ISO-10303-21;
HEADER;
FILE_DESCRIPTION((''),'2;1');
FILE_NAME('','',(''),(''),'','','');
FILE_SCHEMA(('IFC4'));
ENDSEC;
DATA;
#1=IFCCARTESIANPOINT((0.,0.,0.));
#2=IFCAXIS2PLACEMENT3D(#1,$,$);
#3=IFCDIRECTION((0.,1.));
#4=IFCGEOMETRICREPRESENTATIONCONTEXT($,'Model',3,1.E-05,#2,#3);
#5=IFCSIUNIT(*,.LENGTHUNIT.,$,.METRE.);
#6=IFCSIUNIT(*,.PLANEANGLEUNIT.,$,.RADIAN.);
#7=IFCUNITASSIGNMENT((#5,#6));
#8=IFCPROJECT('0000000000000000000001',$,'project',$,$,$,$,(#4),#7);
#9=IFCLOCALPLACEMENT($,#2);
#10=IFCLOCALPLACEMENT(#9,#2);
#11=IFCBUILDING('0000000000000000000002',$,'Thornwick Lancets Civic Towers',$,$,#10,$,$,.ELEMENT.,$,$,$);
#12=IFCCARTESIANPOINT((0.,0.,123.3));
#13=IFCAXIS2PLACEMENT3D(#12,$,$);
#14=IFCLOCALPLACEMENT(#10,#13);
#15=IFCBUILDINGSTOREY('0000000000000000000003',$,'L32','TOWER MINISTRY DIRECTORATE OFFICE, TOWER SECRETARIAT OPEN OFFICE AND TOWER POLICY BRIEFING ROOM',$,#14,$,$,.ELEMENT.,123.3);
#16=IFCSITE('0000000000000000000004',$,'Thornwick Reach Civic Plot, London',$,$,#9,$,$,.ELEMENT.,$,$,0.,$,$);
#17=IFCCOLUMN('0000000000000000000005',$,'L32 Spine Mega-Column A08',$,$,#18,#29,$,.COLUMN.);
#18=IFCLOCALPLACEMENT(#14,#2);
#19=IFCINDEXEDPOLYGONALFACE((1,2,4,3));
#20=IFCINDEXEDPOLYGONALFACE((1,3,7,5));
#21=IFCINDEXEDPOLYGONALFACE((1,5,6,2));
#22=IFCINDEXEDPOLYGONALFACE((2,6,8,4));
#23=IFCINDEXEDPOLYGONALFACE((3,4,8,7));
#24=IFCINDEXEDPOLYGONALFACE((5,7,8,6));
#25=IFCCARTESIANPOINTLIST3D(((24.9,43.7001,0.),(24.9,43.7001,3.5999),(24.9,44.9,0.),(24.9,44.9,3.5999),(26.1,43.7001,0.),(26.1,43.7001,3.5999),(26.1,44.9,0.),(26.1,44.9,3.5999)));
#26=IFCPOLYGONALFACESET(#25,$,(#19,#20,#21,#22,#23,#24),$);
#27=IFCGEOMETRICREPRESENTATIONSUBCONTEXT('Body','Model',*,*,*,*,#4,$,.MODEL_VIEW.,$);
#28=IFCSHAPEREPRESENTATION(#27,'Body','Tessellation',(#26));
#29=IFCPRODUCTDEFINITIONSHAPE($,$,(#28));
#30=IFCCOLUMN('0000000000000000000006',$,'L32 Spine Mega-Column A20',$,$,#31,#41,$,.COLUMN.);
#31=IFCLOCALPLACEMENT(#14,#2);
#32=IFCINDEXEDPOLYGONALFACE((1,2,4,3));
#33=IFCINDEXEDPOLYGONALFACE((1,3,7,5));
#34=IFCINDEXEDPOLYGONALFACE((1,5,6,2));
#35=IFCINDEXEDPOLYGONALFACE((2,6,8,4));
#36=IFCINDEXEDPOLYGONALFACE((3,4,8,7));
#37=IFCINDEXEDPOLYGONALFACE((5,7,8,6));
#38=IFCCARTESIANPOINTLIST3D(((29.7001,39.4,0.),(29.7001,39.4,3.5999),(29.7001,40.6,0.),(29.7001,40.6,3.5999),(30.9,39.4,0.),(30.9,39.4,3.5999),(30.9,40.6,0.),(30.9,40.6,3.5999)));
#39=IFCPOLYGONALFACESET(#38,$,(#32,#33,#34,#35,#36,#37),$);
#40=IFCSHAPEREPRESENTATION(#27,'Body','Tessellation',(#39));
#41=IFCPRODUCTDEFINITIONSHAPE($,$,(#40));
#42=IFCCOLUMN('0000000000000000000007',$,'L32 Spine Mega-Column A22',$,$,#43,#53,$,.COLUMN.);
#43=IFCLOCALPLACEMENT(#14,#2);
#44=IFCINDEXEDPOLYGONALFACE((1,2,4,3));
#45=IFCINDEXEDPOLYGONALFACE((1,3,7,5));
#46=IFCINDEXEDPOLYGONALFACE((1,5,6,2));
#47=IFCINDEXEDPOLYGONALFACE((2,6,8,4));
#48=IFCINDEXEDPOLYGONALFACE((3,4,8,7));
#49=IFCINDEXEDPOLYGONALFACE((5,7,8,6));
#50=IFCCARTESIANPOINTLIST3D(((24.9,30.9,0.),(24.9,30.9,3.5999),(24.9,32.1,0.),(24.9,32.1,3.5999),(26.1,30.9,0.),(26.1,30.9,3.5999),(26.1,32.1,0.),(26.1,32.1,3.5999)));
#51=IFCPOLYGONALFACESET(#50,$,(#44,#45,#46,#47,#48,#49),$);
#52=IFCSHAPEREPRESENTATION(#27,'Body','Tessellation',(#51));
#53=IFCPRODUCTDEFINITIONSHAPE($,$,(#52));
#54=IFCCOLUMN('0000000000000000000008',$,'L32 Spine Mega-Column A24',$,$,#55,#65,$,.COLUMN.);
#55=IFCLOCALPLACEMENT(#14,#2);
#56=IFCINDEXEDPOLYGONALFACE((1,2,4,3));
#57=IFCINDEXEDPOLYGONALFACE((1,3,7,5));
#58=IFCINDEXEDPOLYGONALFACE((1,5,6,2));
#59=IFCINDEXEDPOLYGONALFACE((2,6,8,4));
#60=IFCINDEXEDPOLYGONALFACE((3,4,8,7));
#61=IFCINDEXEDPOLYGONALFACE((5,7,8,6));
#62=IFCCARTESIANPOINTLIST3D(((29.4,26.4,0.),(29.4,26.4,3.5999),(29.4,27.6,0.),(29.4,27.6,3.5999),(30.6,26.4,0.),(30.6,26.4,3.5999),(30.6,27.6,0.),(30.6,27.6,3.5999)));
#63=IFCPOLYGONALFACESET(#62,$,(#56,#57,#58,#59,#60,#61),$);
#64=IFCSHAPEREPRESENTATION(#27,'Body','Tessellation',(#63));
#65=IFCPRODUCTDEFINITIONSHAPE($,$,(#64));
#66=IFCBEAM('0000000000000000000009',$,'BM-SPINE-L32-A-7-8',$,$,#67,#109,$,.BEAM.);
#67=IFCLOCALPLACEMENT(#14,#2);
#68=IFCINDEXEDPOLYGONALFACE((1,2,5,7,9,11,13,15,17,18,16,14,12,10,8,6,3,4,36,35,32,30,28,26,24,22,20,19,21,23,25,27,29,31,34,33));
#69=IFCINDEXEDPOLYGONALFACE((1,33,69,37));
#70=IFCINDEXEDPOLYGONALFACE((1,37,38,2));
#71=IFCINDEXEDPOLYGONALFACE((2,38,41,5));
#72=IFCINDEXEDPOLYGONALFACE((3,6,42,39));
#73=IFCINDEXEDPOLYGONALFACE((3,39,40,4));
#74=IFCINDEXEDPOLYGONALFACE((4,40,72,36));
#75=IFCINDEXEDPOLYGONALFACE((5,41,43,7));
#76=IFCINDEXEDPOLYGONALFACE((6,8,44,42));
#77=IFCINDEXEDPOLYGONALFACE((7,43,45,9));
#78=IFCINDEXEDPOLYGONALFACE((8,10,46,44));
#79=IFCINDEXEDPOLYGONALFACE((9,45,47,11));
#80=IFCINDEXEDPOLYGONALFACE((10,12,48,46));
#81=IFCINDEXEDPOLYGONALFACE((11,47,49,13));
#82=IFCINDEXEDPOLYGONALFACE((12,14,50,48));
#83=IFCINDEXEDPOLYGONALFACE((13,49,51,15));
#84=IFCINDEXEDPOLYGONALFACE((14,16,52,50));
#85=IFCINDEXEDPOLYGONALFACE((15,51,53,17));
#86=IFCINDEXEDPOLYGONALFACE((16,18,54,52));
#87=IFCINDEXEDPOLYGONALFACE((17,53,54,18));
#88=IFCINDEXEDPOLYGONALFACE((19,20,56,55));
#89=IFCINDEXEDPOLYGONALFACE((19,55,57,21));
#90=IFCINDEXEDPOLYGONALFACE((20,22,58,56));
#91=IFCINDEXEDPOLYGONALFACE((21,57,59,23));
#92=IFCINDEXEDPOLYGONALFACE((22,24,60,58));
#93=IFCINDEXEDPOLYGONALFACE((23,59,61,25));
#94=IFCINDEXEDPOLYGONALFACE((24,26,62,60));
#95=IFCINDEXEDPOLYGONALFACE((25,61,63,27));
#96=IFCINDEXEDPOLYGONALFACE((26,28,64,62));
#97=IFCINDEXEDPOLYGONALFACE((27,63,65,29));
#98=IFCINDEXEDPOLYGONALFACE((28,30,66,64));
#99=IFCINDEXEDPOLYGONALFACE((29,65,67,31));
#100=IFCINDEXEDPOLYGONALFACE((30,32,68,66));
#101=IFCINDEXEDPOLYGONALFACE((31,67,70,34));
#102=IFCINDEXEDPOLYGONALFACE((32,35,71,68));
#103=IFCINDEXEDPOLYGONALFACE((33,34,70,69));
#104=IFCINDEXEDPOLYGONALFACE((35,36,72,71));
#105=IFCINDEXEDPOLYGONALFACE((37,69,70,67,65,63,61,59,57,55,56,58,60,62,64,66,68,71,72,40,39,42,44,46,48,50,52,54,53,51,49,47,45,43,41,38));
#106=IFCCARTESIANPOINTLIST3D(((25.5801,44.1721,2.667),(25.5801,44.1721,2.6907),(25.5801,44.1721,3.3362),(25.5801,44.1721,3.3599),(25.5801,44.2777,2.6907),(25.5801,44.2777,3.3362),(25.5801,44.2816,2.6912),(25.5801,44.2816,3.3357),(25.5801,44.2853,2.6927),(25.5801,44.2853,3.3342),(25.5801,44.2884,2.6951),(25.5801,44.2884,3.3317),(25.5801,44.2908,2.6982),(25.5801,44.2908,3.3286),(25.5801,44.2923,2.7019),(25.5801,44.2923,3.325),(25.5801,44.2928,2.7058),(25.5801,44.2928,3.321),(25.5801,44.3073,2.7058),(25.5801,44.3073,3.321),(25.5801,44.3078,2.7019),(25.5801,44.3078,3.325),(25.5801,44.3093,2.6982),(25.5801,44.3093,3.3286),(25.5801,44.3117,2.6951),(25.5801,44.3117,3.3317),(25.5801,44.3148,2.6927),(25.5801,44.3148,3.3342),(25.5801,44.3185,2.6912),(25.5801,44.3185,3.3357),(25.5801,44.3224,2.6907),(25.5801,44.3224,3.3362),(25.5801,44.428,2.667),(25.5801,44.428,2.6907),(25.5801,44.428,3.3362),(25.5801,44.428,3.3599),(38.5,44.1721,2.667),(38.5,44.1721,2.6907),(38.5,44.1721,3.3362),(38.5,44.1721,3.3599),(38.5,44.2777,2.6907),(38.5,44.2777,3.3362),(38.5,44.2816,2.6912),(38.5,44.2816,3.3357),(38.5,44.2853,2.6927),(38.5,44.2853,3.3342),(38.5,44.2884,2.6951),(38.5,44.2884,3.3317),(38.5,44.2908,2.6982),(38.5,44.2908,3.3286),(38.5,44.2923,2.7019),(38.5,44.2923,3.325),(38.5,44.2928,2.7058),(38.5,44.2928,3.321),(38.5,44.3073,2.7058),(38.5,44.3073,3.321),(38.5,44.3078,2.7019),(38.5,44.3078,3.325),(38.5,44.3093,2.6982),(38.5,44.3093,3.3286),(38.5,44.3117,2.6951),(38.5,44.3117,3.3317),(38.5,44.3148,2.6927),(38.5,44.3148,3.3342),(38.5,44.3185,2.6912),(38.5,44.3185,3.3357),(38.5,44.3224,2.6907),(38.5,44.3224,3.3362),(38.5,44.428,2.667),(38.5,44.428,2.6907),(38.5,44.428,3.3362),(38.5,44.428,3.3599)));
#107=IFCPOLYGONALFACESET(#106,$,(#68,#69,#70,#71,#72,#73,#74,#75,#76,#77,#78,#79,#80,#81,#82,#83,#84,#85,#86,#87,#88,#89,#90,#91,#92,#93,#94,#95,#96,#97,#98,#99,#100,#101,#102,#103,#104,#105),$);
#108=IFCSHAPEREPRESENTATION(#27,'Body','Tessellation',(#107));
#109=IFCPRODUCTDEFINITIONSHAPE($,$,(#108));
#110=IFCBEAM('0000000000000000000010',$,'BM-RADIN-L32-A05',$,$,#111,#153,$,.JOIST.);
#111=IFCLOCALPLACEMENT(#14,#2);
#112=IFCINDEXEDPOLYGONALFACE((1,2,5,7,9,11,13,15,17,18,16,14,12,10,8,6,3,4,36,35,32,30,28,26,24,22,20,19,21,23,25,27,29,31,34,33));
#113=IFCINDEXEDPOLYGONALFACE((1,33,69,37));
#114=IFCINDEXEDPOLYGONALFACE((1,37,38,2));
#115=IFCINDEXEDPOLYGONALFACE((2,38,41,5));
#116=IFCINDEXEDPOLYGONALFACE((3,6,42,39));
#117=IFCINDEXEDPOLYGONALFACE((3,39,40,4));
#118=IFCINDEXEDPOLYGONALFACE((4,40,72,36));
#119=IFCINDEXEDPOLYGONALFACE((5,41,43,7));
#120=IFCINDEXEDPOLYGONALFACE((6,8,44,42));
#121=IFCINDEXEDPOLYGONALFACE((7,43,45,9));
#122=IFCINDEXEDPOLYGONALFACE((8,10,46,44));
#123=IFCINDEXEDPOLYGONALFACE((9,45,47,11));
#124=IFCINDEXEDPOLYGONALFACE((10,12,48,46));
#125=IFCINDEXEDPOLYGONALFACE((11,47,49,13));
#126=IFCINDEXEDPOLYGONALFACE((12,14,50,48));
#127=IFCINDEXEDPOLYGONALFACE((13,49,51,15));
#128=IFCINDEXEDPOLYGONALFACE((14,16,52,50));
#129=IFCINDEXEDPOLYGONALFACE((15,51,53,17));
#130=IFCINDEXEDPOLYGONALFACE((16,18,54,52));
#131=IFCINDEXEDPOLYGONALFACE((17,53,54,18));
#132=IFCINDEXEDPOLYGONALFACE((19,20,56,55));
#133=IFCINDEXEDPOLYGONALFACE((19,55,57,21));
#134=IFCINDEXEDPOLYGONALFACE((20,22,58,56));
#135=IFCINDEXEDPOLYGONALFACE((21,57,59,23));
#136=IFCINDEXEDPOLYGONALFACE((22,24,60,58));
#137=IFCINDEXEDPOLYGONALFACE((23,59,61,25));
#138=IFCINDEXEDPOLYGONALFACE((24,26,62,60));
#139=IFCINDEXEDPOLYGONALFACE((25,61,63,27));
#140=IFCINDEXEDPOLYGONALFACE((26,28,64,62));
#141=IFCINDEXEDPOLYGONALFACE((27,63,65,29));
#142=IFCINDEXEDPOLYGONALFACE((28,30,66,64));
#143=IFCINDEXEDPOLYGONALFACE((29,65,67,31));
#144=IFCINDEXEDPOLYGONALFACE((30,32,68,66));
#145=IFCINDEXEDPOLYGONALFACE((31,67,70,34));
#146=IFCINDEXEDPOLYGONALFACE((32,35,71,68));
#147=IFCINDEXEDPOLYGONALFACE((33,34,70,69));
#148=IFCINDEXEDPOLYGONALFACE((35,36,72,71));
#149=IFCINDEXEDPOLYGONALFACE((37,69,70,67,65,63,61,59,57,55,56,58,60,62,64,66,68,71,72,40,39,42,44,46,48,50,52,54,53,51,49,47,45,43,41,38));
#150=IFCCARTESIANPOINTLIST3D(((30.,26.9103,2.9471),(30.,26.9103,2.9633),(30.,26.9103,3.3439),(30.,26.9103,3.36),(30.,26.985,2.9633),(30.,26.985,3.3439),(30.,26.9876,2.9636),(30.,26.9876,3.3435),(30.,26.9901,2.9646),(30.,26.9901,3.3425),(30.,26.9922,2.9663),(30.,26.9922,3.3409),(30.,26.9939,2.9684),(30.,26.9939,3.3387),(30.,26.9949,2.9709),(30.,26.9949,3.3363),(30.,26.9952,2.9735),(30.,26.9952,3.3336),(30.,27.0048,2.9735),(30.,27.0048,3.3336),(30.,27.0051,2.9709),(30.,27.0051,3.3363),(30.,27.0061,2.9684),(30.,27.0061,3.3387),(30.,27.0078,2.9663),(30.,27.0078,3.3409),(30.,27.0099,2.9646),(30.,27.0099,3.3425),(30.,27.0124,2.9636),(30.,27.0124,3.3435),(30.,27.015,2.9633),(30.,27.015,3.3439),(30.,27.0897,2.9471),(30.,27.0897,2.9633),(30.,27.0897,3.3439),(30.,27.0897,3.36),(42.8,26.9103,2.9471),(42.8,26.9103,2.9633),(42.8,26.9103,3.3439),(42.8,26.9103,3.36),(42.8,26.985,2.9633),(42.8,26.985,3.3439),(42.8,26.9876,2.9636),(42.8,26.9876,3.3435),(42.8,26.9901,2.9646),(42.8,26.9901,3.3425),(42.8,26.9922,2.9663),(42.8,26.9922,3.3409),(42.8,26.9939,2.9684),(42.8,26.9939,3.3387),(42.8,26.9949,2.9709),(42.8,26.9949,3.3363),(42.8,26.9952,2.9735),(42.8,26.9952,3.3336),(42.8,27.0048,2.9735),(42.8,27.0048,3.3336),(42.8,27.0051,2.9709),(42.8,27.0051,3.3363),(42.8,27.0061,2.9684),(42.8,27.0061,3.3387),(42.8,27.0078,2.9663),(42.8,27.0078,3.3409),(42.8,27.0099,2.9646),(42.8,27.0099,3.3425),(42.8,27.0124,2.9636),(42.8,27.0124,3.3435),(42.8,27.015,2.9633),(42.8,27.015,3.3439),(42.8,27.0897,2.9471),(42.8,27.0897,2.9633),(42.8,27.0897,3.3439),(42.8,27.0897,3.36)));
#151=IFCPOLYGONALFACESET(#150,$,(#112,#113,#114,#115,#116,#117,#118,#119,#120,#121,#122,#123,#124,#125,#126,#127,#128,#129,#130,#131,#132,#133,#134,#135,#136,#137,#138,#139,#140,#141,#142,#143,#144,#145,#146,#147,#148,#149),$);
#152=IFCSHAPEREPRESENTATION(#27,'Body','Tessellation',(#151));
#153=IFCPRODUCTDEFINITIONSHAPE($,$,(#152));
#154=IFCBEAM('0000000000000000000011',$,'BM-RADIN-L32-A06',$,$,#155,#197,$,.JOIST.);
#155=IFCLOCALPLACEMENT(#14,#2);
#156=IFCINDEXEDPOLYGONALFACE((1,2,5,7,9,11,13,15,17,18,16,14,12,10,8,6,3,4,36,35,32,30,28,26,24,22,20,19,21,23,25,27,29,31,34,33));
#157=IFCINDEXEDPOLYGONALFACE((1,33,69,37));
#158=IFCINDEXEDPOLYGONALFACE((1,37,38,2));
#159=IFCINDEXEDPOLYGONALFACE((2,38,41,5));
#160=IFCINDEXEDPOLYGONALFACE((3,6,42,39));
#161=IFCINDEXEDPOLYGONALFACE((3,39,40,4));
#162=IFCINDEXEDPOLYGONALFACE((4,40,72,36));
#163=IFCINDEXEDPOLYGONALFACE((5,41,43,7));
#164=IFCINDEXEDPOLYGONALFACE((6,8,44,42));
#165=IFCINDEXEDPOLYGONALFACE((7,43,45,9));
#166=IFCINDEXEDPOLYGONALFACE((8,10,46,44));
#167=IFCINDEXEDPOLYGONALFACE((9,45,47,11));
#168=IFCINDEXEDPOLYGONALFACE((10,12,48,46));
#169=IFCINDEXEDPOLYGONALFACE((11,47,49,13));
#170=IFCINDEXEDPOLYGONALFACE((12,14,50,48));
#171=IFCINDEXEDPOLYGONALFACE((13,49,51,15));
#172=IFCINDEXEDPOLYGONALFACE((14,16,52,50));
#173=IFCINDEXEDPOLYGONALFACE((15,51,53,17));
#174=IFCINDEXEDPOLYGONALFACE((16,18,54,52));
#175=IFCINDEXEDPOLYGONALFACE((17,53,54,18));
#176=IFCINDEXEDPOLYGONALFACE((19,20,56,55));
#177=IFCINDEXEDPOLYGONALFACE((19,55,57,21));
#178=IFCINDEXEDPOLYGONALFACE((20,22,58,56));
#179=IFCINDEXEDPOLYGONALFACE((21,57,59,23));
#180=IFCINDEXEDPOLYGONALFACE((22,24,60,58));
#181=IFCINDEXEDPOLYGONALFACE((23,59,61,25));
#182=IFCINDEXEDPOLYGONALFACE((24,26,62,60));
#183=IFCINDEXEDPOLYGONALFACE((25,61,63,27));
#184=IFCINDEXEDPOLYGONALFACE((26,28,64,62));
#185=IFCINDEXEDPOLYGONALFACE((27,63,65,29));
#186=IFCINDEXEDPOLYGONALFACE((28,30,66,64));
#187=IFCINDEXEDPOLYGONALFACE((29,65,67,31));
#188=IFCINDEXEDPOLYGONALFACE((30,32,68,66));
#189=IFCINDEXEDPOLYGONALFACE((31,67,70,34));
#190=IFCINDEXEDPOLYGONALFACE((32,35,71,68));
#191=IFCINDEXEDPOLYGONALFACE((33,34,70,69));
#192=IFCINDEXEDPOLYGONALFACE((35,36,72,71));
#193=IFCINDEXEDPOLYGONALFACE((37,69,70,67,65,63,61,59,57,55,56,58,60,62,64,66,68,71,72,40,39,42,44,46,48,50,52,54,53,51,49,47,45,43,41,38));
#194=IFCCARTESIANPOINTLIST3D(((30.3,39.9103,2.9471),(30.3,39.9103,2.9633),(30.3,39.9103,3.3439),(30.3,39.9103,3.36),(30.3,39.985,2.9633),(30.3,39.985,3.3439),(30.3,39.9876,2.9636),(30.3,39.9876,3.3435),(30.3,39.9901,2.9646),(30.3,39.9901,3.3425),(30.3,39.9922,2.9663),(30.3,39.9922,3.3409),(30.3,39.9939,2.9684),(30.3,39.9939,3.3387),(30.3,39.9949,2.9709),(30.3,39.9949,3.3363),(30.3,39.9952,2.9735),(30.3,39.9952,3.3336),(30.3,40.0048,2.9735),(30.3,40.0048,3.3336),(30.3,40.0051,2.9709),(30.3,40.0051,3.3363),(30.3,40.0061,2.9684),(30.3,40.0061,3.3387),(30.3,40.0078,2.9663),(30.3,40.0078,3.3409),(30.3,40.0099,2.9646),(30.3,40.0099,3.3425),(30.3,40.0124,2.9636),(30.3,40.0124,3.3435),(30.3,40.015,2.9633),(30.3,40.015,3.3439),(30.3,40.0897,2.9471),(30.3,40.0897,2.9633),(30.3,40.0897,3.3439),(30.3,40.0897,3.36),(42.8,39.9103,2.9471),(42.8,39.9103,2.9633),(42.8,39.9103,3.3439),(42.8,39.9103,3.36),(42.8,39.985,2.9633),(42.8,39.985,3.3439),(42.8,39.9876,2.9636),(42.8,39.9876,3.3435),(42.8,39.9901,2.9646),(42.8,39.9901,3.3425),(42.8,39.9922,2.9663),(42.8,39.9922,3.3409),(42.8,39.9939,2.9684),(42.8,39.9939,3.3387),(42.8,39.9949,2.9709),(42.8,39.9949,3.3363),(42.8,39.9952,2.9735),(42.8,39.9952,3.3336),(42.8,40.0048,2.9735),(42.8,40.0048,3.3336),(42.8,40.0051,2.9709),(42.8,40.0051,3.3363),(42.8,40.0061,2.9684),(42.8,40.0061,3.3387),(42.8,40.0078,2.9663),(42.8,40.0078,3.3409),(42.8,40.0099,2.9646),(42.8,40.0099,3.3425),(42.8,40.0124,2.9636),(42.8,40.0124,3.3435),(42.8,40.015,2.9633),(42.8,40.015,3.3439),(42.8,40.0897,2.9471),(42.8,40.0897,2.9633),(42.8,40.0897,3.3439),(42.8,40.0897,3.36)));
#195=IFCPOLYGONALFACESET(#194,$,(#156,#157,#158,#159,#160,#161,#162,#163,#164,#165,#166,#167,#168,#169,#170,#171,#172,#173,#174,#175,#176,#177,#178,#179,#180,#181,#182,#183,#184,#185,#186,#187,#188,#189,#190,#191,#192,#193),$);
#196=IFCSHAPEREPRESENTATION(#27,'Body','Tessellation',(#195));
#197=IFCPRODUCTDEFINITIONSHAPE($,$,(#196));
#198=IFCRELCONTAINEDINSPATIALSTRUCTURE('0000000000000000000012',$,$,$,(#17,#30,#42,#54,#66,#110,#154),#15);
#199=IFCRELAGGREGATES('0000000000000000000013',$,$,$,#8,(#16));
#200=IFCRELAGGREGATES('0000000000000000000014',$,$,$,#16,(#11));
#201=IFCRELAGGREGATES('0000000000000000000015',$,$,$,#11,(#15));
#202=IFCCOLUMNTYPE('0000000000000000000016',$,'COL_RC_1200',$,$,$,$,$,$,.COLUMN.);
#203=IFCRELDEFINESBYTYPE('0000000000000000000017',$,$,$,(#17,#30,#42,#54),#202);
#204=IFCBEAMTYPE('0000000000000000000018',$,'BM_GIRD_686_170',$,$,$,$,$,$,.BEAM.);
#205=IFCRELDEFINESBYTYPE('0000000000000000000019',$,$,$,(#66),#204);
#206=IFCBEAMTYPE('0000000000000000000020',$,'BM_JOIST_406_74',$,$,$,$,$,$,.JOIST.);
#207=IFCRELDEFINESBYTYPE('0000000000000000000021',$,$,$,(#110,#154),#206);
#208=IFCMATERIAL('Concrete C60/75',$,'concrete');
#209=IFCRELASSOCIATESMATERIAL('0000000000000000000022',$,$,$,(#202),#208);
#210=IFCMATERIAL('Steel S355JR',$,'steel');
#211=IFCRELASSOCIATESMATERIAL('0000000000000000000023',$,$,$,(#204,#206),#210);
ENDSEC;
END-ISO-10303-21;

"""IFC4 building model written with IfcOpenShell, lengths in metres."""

from ifc_helpers import new_model, si_unit, direction, frame, origin, origin_2d, place, context, subcontext, project, spatial, rectangle, i_section, extrude, material, material_profile, profile_set, type_object, element, save


model = new_model("IFC4")

# Units and contexts
model_context = context("Model", 3, precision=1e-05, world=origin(), true_north=direction((0.0, 1.0)))
body_context = subcontext(model_context, "Body", "Model", "MODEL_VIEW")
ifc_project = project(units=[si_unit("LENGTHUNIT", "METRE"), si_unit("PLANEANGLEUNIT", "RADIAN")], contexts=[model_context])

# Site, building, storey
site_placement = place(None, origin())
site = spatial("IfcSite", under=ifc_project, at=site_placement, Name="Thornwick Reach Civic Plot, London", CompositionType="ELEMENT", RefElevation=0.0)
building_placement = place(site_placement, origin())
building = spatial("IfcBuilding", under=site, at=building_placement, Name="Thornwick Lancets Civic Towers", CompositionType="ELEMENT")
storey_placement = place(building_placement, frame((0.0, 0.0, 123.3)))
storey = spatial("IfcBuildingStorey", under=building, at=storey_placement, Name="L32", Description="TOWER MINISTRY DIRECTORATE OFFICE, TOWER SECRETARIAT OPEN OFFICE AND TOWER POLICY BRIEFING ROOM", CompositionType="ELEMENT", Elevation=123.3)

# Columns
ifc_material_1 = material(Name="Concrete C60/75", Category="concrete")
ifc_material_profile_1 = material_profile(ifc_material_1, rectangle(XDim=1.2, YDim=1.2, at=origin_2d()), Name="RC 1200x1200")
ifc_profile_set_1 = profile_set([ifc_material_profile_1], Name="Concrete C60/75")
column_type = type_object("IfcColumnType", Name="COL_RC_1200", PredefinedType="COLUMN", material=ifc_profile_set_1)
for number, where, z_axis, x_axis, name in (
    (1, (25.5, 44.3, 0.0), (0.0, 0.0, 1.0), (1.0, 0.0, 0.0), "L32 Spine Mega-Column A08"),
    (2, (30.3, 40.0, 0.0), (0.0, 0.0, 1.0), (1.0, 0.0, 0.0), "L32 Spine Mega-Column A20"),
    (3, (25.5, 31.5, 0.0), (0.0, 0.0, 1.0), (1.0, 0.0, 0.0), "L32 Spine Mega-Column A22"),
    (4, (30.0, 27.0, 0.0), (0.0, 0.0, 1.0), (1.0, 0.0, 0.0), "L32 Spine Mega-Column A24"),
):
    element("IfcColumn", number, at=place(storey_placement, frame(where, z_axis=z_axis, x_axis=x_axis)), inside=storey, type_object=column_type, Name=name, PredefinedType="COLUMN", context=body_context, shape_type="SweptSolid", body=[
        extrude(rectangle(XDim=1.2, YDim=1.2, at=origin_2d()), origin(), (0.0, 0.0, 1.0), 3.5999),
    ])

# Beams
ifc_material_2 = material(Name="Steel S355JR", Category="steel")
ifc_material_profile_2 = material_profile(ifc_material_2, i_section(OverallWidth=0.2559, OverallDepth=0.6929, WebThickness=0.0144, FlangeThickness=0.0237, FilletRadius=0.0151, at=origin_2d()), Name="UKB 686x254x170")
ifc_profile_set_2 = profile_set([ifc_material_profile_2], Name="Steel S355JR")
beam_type_1 = type_object("IfcBeamType", Name="BM_GIRD_686_170", PredefinedType="BEAM", material=ifc_profile_set_2)
beam_1_placement = place(storey_placement, frame((25.5801, 44.3, 3.0134), z_axis=(1.0, 0.0, 0.0), x_axis=(0.0, 1.0, 0.0)))
element("IfcBeam", 5, at=beam_1_placement, inside=storey, type_object=beam_type_1, Name="BM-SPINE-L32-A-7-8", PredefinedType="BEAM", context=body_context, shape_type="SweptSolid", body=[
    extrude(i_section(OverallWidth=0.2559, OverallDepth=0.6929, WebThickness=0.0144, FlangeThickness=0.0237, FilletRadius=0.0151, at=origin_2d()), origin(), (0.0, 0.0, 1.0), 12.9199),
])
ifc_material_profile_3 = material_profile(ifc_material_2, i_section(OverallWidth=0.1794, OverallDepth=0.4128, WebThickness=0.0095, FlangeThickness=0.0161, FilletRadius=0.0103, at=origin_2d()), Name="UKB 406x178x74")
ifc_profile_set_3 = profile_set([ifc_material_profile_3], Name="Steel S355JR")
beam_type_2 = type_object("IfcBeamType", Name="BM_JOIST_406_74", PredefinedType="JOIST", material=ifc_profile_set_3)
beam_2_placement = place(storey_placement, frame((30.0, 27.0, 3.1536), z_axis=(1.0, 0.0, 0.0), x_axis=(0.0, 1.0, 0.0)))
element("IfcBeam", 6, at=beam_2_placement, inside=storey, type_object=beam_type_2, Name="BM-RADIN-L32-A05", PredefinedType="JOIST", context=body_context, shape_type="SweptSolid", body=[
    extrude(i_section(OverallWidth=0.1794, OverallDepth=0.4128, WebThickness=0.0095, FlangeThickness=0.0161, FilletRadius=0.0103, at=origin_2d()), origin(), (0.0, 0.0, 1.0), 12.8),
])
beam_3_placement = place(storey_placement, frame((30.3, 40.0, 3.1536), z_axis=(1.0, 0.0, 0.0), x_axis=(0.0, 1.0, 0.0)))
element("IfcBeam", 7, at=beam_3_placement, inside=storey, type_object=beam_type_2, Name="BM-RADIN-L32-A06", PredefinedType="JOIST", context=body_context, shape_type="SweptSolid", body=[
    extrude(i_section(OverallWidth=0.1794, OverallDepth=0.4128, WebThickness=0.0095, FlangeThickness=0.0161, FilletRadius=0.0103, at=origin_2d()), origin(), (0.0, 0.0, 1.0), 12.5),
])

save(model, "model.ifc")
